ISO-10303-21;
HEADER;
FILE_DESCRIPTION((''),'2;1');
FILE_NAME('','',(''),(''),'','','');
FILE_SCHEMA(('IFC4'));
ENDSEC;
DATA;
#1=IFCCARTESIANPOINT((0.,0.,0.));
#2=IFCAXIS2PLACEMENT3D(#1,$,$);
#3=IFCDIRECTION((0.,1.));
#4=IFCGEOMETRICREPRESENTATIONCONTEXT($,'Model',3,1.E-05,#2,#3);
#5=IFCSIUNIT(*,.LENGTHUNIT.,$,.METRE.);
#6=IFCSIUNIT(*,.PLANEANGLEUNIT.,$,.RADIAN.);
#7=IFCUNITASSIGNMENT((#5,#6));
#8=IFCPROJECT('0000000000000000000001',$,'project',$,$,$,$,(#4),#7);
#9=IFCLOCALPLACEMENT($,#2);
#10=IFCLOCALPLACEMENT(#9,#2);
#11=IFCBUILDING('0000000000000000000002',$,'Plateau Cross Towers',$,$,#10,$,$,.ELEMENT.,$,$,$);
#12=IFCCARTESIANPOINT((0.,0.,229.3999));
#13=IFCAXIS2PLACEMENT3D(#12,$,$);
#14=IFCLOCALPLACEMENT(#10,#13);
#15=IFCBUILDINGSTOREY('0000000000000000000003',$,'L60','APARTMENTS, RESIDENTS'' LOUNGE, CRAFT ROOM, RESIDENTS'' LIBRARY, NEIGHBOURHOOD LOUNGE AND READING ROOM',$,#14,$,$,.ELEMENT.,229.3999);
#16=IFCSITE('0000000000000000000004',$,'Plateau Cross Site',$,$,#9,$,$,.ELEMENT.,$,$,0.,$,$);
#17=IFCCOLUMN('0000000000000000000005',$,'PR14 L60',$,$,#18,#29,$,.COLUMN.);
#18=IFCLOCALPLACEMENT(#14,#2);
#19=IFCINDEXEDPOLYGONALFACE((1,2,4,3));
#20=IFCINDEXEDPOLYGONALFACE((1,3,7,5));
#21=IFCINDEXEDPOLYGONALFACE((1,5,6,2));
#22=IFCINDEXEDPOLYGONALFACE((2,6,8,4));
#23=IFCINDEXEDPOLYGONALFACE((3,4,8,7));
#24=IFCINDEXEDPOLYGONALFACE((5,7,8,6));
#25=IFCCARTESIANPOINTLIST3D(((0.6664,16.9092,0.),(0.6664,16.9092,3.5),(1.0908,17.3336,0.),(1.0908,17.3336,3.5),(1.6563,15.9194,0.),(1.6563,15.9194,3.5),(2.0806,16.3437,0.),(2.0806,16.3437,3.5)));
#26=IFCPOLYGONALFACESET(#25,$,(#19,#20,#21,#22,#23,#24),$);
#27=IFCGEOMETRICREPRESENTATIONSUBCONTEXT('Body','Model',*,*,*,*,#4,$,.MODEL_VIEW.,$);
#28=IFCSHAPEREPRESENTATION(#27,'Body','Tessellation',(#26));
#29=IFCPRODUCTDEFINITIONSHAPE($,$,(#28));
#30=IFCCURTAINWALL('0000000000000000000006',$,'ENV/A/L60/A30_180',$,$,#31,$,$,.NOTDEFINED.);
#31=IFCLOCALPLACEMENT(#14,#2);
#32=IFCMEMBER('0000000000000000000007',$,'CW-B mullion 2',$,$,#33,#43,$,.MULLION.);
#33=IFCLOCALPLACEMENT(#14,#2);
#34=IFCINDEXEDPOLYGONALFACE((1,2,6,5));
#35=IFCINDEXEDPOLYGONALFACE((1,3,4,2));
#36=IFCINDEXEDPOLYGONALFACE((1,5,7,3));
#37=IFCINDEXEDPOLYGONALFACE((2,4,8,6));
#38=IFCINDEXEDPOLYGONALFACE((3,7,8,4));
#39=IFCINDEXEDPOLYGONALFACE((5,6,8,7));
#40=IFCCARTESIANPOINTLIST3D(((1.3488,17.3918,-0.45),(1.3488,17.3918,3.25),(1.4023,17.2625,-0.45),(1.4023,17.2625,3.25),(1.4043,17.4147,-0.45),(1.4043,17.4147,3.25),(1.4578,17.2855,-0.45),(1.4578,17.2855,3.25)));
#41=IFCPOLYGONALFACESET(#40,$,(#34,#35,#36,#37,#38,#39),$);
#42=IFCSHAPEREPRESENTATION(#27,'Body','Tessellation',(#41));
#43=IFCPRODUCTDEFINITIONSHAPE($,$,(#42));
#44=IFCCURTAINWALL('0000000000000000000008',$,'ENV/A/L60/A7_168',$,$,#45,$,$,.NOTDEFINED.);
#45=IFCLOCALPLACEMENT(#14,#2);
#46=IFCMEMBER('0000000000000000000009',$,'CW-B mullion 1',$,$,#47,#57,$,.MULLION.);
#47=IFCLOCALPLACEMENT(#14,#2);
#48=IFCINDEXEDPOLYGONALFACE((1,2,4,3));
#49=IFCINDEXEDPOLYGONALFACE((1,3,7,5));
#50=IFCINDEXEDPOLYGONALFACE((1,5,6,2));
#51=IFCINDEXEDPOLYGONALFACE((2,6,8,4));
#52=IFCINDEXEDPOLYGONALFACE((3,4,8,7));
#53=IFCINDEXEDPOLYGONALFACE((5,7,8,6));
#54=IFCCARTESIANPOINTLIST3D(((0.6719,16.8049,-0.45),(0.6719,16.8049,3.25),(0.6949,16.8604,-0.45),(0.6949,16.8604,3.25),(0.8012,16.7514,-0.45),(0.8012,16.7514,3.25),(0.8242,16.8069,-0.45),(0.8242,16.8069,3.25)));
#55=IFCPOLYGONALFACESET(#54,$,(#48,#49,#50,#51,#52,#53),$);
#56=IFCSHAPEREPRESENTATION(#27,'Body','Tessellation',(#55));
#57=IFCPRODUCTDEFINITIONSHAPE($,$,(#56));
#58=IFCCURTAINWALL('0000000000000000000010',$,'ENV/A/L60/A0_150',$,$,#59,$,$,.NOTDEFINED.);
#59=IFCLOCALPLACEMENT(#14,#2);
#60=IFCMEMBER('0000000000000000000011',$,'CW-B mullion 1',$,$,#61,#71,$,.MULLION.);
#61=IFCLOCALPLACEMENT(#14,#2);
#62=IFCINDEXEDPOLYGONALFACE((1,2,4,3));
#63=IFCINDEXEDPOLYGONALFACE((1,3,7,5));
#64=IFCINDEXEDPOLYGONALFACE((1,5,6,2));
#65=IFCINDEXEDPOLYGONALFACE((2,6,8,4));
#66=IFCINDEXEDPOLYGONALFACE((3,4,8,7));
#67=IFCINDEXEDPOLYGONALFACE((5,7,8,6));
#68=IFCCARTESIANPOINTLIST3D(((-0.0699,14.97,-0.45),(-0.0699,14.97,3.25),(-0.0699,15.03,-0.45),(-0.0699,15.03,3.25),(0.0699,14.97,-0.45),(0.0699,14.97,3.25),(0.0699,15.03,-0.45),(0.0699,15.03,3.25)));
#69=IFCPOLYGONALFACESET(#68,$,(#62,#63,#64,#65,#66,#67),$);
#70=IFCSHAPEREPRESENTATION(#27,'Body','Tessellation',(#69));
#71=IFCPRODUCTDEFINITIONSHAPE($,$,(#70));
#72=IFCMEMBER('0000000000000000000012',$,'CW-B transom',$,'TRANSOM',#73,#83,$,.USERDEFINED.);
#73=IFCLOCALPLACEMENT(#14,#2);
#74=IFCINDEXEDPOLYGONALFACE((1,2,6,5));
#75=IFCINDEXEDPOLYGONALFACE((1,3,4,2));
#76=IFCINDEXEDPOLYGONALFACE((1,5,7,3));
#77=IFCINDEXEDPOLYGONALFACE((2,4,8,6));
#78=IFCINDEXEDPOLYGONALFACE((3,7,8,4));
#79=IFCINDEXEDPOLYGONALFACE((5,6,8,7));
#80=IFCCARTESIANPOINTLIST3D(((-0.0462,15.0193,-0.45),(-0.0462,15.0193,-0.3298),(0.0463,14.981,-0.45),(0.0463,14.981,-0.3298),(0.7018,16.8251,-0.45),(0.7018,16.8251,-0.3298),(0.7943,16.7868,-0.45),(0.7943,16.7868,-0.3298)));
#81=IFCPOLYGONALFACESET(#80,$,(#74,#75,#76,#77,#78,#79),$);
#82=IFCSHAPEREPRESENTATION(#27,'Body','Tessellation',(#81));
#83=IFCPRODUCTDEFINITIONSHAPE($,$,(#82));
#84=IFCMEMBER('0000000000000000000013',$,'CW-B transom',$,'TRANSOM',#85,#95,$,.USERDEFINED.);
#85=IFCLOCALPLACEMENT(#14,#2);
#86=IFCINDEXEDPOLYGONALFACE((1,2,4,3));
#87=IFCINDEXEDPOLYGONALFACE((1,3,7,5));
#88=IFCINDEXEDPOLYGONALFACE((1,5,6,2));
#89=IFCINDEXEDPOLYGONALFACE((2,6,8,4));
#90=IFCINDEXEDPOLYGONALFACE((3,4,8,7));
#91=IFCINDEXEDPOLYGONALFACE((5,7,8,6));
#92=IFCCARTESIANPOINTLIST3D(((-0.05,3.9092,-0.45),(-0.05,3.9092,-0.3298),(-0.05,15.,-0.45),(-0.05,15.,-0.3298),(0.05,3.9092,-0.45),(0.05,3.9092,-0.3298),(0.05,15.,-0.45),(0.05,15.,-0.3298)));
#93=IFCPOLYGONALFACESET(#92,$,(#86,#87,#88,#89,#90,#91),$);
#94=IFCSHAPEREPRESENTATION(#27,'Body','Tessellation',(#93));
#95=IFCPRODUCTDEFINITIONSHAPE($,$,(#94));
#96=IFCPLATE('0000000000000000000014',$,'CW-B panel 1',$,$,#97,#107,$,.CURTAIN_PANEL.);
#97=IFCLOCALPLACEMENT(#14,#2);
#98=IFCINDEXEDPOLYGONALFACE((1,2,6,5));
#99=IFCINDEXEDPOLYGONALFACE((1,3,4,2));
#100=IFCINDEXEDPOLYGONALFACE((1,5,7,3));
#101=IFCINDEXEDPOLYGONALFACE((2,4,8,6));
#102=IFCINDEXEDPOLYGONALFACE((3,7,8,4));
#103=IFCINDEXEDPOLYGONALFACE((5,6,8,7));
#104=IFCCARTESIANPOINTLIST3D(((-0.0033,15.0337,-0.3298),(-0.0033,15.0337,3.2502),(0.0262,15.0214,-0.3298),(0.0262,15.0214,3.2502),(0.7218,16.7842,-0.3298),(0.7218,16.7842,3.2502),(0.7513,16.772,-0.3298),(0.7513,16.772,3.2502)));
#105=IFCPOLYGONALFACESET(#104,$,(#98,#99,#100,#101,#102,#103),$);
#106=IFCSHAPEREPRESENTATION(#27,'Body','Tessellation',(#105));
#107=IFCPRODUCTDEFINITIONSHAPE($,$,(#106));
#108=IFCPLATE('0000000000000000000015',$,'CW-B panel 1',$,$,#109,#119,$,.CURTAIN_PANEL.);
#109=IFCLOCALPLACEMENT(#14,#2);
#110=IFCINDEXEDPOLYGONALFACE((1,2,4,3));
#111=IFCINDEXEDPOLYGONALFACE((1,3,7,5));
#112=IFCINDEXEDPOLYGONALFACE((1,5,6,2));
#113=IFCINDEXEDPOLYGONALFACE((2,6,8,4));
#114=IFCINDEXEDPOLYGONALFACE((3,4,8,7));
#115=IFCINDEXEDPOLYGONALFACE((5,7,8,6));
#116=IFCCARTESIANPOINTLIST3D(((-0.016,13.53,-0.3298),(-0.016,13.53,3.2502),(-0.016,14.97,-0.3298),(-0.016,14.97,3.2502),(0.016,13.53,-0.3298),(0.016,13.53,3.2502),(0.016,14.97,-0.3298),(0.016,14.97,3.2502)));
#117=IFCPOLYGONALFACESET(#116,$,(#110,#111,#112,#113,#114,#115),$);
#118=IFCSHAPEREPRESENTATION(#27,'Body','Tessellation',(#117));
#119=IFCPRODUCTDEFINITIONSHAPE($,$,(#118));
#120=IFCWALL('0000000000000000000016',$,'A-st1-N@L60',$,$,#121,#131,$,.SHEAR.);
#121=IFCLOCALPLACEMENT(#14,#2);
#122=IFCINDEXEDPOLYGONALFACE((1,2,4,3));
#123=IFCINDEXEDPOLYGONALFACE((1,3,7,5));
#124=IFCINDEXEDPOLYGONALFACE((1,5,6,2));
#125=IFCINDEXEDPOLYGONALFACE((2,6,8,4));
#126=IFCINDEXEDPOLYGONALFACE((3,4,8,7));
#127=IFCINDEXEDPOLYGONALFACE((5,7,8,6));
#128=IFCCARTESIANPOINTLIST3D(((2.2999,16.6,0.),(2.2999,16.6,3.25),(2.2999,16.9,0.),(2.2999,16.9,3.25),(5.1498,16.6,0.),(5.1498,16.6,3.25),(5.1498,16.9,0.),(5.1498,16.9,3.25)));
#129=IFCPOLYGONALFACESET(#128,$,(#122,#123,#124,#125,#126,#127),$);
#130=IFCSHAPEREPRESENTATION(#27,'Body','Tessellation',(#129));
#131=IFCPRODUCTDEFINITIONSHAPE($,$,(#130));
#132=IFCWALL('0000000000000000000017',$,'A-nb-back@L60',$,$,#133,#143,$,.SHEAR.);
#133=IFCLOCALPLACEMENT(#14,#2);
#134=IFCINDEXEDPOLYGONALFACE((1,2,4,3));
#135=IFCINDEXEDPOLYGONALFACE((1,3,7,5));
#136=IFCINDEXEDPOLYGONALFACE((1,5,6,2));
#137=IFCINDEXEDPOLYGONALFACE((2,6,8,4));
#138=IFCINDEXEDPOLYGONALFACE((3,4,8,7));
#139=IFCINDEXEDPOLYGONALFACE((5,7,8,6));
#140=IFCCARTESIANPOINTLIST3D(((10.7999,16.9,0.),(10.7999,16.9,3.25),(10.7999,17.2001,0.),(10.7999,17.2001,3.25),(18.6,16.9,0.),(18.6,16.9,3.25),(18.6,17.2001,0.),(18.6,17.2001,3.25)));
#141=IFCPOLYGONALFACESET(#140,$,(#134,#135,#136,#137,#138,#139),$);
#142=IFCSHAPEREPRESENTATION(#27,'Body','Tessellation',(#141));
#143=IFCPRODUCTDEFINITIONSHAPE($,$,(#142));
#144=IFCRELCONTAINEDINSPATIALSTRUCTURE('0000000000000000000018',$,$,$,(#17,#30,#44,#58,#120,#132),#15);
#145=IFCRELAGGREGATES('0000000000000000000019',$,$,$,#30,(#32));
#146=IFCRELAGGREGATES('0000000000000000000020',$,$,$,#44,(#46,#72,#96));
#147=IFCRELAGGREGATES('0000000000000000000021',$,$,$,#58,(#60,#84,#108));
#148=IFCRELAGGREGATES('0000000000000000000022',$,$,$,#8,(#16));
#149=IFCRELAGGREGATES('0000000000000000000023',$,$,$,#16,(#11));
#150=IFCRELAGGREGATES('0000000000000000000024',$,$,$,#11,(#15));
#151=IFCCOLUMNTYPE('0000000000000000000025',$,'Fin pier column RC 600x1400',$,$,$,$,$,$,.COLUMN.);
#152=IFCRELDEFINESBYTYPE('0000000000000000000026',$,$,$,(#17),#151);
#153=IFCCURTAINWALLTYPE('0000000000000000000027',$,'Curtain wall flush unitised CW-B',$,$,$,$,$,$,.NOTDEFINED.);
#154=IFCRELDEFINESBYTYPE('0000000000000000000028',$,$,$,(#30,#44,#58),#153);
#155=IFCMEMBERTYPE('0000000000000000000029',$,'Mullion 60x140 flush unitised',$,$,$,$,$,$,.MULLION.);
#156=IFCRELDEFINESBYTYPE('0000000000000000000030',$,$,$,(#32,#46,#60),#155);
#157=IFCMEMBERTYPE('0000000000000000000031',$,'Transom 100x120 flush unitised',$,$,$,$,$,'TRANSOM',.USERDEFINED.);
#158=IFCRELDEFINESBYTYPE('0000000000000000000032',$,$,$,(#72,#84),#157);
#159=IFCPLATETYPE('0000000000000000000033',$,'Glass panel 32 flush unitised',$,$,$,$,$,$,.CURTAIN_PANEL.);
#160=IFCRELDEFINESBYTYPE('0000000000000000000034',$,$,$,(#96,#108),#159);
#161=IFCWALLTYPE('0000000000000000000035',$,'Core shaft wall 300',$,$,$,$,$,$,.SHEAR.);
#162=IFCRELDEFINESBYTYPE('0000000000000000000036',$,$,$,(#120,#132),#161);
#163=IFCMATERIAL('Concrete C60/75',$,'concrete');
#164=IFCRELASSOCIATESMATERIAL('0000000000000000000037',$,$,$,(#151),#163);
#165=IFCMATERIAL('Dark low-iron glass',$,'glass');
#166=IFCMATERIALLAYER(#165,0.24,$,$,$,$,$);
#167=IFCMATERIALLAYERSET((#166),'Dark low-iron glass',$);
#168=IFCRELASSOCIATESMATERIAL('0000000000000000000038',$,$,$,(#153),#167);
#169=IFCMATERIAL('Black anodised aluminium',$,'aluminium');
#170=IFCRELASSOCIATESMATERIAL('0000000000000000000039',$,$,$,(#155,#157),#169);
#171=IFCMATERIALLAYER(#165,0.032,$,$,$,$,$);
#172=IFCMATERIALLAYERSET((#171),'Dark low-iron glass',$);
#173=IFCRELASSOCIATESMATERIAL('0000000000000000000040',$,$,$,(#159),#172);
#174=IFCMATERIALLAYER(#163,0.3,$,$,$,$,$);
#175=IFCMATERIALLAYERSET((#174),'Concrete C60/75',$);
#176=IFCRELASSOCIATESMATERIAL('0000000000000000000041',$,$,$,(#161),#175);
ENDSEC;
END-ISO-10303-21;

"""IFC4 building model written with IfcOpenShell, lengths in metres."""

from ifc_helpers import new_model, si_unit, direction, frame, frame_2d, origin, origin_2d, place, context, subcontext, project, spatial, rectangle, extrude, material, layer, layer_set, material_profile, profile_set, type_object, element, aggregate, save


model = new_model("IFC4")

# Units and contexts
model_context = context("Model", 3, precision=1e-05, world=origin(), true_north=direction((0.0, 1.0)))
body_context = subcontext(model_context, "Body", "Model", "MODEL_VIEW")
ifc_project = project(units=[si_unit("LENGTHUNIT", "METRE"), si_unit("PLANEANGLEUNIT", "RADIAN")], contexts=[model_context])

# Site, building, storey
site_placement = place(None, origin())
site = spatial("IfcSite", under=ifc_project, at=site_placement, Name="Plateau Cross Site", CompositionType="ELEMENT", RefElevation=0.0)
building_placement = place(site_placement, origin())
building = spatial("IfcBuilding", under=site, at=building_placement, Name="Plateau Cross Towers", CompositionType="ELEMENT")
storey_placement = place(building_placement, frame((0.0, 0.0, 229.3999)))
storey = spatial("IfcBuildingStorey", under=building, at=storey_placement, Name="L60", Description="APARTMENTS, RESIDENTS' LOUNGE, CRAFT ROOM, RESIDENTS' LIBRARY, NEIGHBOURHOOD LOUNGE AND READING ROOM", CompositionType="ELEMENT", Elevation=229.3999)

# Column
ifc_material_1 = material(Name="Concrete C60/75", Category="concrete")
ifc_material_profile_1 = material_profile(ifc_material_1, rectangle(XDim=0.6001, YDim=1.3999, at=origin_2d()), Name="RC 600x1400")
ifc_profile_set_1 = profile_set([ifc_material_profile_1], Name="Concrete C60/75")
column_type = type_object("IfcColumnType", Name="Fin pier column RC 600x1400", PredefinedType="COLUMN", material=ifc_profile_set_1)
column_placement = place(storey_placement, frame((1.3735, 16.6265, 0.0), z_axis=(0.0, 0.0, 1.0), x_axis=(0.707107, 0.707107, 0.0)))
element("IfcColumn", 1, at=column_placement, inside=storey, type_object=column_type, Name="PR14 L60", PredefinedType="COLUMN", context=body_context, shape_type="SweptSolid", body=[
    extrude(rectangle(XDim=0.6001, YDim=1.3999, at=origin_2d()), origin(), (0.0, 0.0, 1.0), 3.5),
])

# Curtain walls, members
ifc_material_2 = material(Name="Dark low-iron glass", Category="glass")
ifc_layer_1 = layer(ifc_material_2, 0.24)
ifc_layer_set_1 = layer_set([ifc_layer_1], Name="Dark low-iron glass")
curtain_wall_type = type_object("IfcCurtainWallType", Name="Curtain wall flush unitised CW-B", PredefinedType="NOTDEFINED", material=ifc_layer_set_1)
curtain_wall_1_placement = place(storey_placement, origin())
curtain_wall_1 = element("IfcCurtainWall", 2, at=curtain_wall_1_placement, inside=storey, type_object=curtain_wall_type, Name="ENV/A/L60/A30_180", PredefinedType="NOTDEFINED")
ifc_material_3 = material(Name="Black anodised aluminium", Category="aluminium")
ifc_material_profile_2 = material_profile(ifc_material_3, rectangle(XDim=0.0601, YDim=0.1399, at=origin_2d()), Name="MULLION 60x140")
ifc_profile_set_2 = profile_set([ifc_material_profile_2], Name="Black anodised aluminium")
member_type_1 = type_object("IfcMemberType", Name="Mullion 60x140 flush unitised", PredefinedType="MULLION", material=ifc_profile_set_2)
member_1_placement = place(storey_placement, frame((1.4033, 17.3386, -0.45), z_axis=(0.0, 0.0, 1.0), x_axis=(-0.923879, -0.382684, 0.0)))
member_1 = element("IfcMember", 3, at=member_1_placement, type_object=member_type_1, Name="CW-B mullion 2", PredefinedType="MULLION", context=body_context, shape_type="SweptSolid", body=[
    extrude(rectangle(XDim=0.0601, YDim=0.1399, at=origin_2d()), origin(), (0.0, 0.0, 1.0), 3.7),
])
aggregate(curtain_wall_1, [member_1])
curtain_wall_2_placement = place(storey_placement, origin())
curtain_wall_2 = element("IfcCurtainWall", 4, at=curtain_wall_2_placement, inside=storey, type_object=curtain_wall_type, Name="ENV/A/L60/A7_168", PredefinedType="NOTDEFINED")
member_2_placement = place(storey_placement, frame((0.748, 16.8059, -0.45), z_axis=(0.0, 0.0, 1.0), x_axis=(-0.382684, -0.923879, 0.0)))
member_2 = element("IfcMember", 5, at=member_2_placement, type_object=member_type_1, Name="CW-B mullion 1", PredefinedType="MULLION", context=body_context, shape_type="SweptSolid", body=[
    extrude(rectangle(XDim=0.0601, YDim=0.1399, at=origin_2d()), origin(), (0.0, 0.0, 1.0), 3.7),
])
curtain_wall_3_placement = place(storey_placement, origin())
curtain_wall_3 = element("IfcCurtainWall", 6, at=curtain_wall_3_placement, inside=storey, type_object=curtain_wall_type, Name="ENV/A/L60/A0_150", PredefinedType="NOTDEFINED")
member_3_placement = place(storey_placement, frame((0.0, 15.0, -0.45), z_axis=(0.0, 0.0, 1.0), x_axis=(0.0, -1.0, 0.0)))
member_3 = element("IfcMember", 7, at=member_3_placement, type_object=member_type_1, Name="CW-B mullion 1", PredefinedType="MULLION", context=body_context, shape_type="SweptSolid", body=[
    extrude(rectangle(XDim=0.0601, YDim=0.1399, at=origin_2d()), origin(), (0.0, 0.0, 1.0), 3.7),
])

# Members
ifc_material_profile_3 = material_profile(ifc_material_3, rectangle(XDim=0.1001, YDim=0.1201, at=origin_2d()), Name="TRANSOM 100x120")
ifc_profile_set_3 = profile_set([ifc_material_profile_3], Name="Black anodised aluminium")
member_type_2 = type_object("IfcMemberType", Name="Transom 100x120 flush unitised", ElementType="TRANSOM", PredefinedType="USERDEFINED", material=ifc_profile_set_3)
member_4_placement = place(storey_placement, frame((0.748, 16.8059, -0.3899), z_axis=(-0.38269, -0.923877, 0.0), x_axis=(0.923877, -0.38269, 0.0)))
member_4 = element("IfcMember", 8, at=member_4_placement, type_object=member_type_2, Name="CW-B transom", ObjectType="TRANSOM", PredefinedType="USERDEFINED", context=body_context, shape_type="SweptSolid", body=[
    extrude(rectangle(XDim=0.1001, YDim=0.1201, at=origin_2d()), origin(), (0.0, 0.0, 1.0), 1.9546),
])
member_5_placement = place(storey_placement, frame((0.0, 15.0, -0.3899), z_axis=(0.0, -1.0, 0.0), x_axis=(1.0, 0.0, 0.0)))
member_5 = element("IfcMember", 9, at=member_5_placement, type_object=member_type_2, Name="CW-B transom", ObjectType="TRANSOM", PredefinedType="USERDEFINED", context=body_context, shape_type="SweptSolid", body=[
    extrude(rectangle(XDim=0.1001, YDim=0.1201, at=origin_2d()), origin(), (0.0, 0.0, 1.0), 11.0908),
])

# Plates
ifc_layer_2 = layer(ifc_material_2, 0.032)
ifc_layer_set_2 = layer_set([ifc_layer_2], Name="Dark low-iron glass")
plate_type = type_object("IfcPlateType", Name="Glass panel 32 flush unitised", PredefinedType="CURTAIN_PANEL", material=ifc_layer_set_2)
plate_1_placement = place(storey_placement, frame((0.374, 15.9028, -0.3298), z_axis=(0.0, 0.0, 1.0), x_axis=(-0.382684, -0.923879, 0.0)))
plate_1 = element("IfcPlate", 10, at=plate_1_placement, type_object=plate_type, Name="CW-B panel 1", PredefinedType="CURTAIN_PANEL", context=body_context, shape_type="SweptSolid", body=[
    extrude(rectangle(XDim=1.8948, YDim=0.032, at=origin_2d()), origin(), (0.0, 0.0, 1.0), 3.5801),
])
aggregate(curtain_wall_2, [member_2, member_4, plate_1])
plate_2_placement = place(storey_placement, frame((0.0, 14.25, -0.3298), z_axis=(0.0, 0.0, 1.0), x_axis=(0.0, -1.0, 0.0)))
plate_2 = element("IfcPlate", 11, at=plate_2_placement, type_object=plate_type, Name="CW-B panel 1", PredefinedType="CURTAIN_PANEL", context=body_context, shape_type="SweptSolid", body=[
    extrude(rectangle(XDim=1.4399, YDim=0.032, at=origin_2d()), origin(), (0.0, 0.0, 1.0), 3.5801),
])
aggregate(curtain_wall_3, [member_3, member_5, plate_2])

# Walls
ifc_layer_3 = layer(ifc_material_1, 0.3)
ifc_layer_set_3 = layer_set([ifc_layer_3], Name="Concrete C60/75")
wall_type_1 = type_object("IfcWallType", Name="Core shaft wall 300", PredefinedType="SHEAR", material=ifc_layer_set_3)
wall_1_placement = place(storey_placement, frame((2.3, 16.75, 0.0), z_axis=(0.0, 0.0, 1.0), x_axis=(1.0, 0.0, 0.0)))
element("IfcWall", 12, at=wall_1_placement, inside=storey, type_object=wall_type_1, Name="A-st1-N@L60", PredefinedType="SHEAR", context=body_context, shape_type="SweptSolid", body=[
    extrude(rectangle(XDim=2.8499, YDim=0.3, at=frame_2d((1.4248, 0.0))), origin(), (0.0, 0.0, 1.0), 3.25),
])
wall_2_placement = place(storey_placement, frame((10.8, 17.05, 0.0), z_axis=(0.0, 0.0, 1.0), x_axis=(1.0, 0.0, 0.0)))
element("IfcWall", 13, at=wall_2_placement, inside=storey, type_object=wall_type_1, Name="A-nb-back@L60", PredefinedType="SHEAR", context=body_context, shape_type="SweptSolid", body=[
    extrude(rectangle(XDim=7.8, YDim=0.3, at=frame_2d((3.8999, 0.0))), origin(), (0.0, 0.0, 1.0), 3.25),
])

save(model, "model.ifc")
